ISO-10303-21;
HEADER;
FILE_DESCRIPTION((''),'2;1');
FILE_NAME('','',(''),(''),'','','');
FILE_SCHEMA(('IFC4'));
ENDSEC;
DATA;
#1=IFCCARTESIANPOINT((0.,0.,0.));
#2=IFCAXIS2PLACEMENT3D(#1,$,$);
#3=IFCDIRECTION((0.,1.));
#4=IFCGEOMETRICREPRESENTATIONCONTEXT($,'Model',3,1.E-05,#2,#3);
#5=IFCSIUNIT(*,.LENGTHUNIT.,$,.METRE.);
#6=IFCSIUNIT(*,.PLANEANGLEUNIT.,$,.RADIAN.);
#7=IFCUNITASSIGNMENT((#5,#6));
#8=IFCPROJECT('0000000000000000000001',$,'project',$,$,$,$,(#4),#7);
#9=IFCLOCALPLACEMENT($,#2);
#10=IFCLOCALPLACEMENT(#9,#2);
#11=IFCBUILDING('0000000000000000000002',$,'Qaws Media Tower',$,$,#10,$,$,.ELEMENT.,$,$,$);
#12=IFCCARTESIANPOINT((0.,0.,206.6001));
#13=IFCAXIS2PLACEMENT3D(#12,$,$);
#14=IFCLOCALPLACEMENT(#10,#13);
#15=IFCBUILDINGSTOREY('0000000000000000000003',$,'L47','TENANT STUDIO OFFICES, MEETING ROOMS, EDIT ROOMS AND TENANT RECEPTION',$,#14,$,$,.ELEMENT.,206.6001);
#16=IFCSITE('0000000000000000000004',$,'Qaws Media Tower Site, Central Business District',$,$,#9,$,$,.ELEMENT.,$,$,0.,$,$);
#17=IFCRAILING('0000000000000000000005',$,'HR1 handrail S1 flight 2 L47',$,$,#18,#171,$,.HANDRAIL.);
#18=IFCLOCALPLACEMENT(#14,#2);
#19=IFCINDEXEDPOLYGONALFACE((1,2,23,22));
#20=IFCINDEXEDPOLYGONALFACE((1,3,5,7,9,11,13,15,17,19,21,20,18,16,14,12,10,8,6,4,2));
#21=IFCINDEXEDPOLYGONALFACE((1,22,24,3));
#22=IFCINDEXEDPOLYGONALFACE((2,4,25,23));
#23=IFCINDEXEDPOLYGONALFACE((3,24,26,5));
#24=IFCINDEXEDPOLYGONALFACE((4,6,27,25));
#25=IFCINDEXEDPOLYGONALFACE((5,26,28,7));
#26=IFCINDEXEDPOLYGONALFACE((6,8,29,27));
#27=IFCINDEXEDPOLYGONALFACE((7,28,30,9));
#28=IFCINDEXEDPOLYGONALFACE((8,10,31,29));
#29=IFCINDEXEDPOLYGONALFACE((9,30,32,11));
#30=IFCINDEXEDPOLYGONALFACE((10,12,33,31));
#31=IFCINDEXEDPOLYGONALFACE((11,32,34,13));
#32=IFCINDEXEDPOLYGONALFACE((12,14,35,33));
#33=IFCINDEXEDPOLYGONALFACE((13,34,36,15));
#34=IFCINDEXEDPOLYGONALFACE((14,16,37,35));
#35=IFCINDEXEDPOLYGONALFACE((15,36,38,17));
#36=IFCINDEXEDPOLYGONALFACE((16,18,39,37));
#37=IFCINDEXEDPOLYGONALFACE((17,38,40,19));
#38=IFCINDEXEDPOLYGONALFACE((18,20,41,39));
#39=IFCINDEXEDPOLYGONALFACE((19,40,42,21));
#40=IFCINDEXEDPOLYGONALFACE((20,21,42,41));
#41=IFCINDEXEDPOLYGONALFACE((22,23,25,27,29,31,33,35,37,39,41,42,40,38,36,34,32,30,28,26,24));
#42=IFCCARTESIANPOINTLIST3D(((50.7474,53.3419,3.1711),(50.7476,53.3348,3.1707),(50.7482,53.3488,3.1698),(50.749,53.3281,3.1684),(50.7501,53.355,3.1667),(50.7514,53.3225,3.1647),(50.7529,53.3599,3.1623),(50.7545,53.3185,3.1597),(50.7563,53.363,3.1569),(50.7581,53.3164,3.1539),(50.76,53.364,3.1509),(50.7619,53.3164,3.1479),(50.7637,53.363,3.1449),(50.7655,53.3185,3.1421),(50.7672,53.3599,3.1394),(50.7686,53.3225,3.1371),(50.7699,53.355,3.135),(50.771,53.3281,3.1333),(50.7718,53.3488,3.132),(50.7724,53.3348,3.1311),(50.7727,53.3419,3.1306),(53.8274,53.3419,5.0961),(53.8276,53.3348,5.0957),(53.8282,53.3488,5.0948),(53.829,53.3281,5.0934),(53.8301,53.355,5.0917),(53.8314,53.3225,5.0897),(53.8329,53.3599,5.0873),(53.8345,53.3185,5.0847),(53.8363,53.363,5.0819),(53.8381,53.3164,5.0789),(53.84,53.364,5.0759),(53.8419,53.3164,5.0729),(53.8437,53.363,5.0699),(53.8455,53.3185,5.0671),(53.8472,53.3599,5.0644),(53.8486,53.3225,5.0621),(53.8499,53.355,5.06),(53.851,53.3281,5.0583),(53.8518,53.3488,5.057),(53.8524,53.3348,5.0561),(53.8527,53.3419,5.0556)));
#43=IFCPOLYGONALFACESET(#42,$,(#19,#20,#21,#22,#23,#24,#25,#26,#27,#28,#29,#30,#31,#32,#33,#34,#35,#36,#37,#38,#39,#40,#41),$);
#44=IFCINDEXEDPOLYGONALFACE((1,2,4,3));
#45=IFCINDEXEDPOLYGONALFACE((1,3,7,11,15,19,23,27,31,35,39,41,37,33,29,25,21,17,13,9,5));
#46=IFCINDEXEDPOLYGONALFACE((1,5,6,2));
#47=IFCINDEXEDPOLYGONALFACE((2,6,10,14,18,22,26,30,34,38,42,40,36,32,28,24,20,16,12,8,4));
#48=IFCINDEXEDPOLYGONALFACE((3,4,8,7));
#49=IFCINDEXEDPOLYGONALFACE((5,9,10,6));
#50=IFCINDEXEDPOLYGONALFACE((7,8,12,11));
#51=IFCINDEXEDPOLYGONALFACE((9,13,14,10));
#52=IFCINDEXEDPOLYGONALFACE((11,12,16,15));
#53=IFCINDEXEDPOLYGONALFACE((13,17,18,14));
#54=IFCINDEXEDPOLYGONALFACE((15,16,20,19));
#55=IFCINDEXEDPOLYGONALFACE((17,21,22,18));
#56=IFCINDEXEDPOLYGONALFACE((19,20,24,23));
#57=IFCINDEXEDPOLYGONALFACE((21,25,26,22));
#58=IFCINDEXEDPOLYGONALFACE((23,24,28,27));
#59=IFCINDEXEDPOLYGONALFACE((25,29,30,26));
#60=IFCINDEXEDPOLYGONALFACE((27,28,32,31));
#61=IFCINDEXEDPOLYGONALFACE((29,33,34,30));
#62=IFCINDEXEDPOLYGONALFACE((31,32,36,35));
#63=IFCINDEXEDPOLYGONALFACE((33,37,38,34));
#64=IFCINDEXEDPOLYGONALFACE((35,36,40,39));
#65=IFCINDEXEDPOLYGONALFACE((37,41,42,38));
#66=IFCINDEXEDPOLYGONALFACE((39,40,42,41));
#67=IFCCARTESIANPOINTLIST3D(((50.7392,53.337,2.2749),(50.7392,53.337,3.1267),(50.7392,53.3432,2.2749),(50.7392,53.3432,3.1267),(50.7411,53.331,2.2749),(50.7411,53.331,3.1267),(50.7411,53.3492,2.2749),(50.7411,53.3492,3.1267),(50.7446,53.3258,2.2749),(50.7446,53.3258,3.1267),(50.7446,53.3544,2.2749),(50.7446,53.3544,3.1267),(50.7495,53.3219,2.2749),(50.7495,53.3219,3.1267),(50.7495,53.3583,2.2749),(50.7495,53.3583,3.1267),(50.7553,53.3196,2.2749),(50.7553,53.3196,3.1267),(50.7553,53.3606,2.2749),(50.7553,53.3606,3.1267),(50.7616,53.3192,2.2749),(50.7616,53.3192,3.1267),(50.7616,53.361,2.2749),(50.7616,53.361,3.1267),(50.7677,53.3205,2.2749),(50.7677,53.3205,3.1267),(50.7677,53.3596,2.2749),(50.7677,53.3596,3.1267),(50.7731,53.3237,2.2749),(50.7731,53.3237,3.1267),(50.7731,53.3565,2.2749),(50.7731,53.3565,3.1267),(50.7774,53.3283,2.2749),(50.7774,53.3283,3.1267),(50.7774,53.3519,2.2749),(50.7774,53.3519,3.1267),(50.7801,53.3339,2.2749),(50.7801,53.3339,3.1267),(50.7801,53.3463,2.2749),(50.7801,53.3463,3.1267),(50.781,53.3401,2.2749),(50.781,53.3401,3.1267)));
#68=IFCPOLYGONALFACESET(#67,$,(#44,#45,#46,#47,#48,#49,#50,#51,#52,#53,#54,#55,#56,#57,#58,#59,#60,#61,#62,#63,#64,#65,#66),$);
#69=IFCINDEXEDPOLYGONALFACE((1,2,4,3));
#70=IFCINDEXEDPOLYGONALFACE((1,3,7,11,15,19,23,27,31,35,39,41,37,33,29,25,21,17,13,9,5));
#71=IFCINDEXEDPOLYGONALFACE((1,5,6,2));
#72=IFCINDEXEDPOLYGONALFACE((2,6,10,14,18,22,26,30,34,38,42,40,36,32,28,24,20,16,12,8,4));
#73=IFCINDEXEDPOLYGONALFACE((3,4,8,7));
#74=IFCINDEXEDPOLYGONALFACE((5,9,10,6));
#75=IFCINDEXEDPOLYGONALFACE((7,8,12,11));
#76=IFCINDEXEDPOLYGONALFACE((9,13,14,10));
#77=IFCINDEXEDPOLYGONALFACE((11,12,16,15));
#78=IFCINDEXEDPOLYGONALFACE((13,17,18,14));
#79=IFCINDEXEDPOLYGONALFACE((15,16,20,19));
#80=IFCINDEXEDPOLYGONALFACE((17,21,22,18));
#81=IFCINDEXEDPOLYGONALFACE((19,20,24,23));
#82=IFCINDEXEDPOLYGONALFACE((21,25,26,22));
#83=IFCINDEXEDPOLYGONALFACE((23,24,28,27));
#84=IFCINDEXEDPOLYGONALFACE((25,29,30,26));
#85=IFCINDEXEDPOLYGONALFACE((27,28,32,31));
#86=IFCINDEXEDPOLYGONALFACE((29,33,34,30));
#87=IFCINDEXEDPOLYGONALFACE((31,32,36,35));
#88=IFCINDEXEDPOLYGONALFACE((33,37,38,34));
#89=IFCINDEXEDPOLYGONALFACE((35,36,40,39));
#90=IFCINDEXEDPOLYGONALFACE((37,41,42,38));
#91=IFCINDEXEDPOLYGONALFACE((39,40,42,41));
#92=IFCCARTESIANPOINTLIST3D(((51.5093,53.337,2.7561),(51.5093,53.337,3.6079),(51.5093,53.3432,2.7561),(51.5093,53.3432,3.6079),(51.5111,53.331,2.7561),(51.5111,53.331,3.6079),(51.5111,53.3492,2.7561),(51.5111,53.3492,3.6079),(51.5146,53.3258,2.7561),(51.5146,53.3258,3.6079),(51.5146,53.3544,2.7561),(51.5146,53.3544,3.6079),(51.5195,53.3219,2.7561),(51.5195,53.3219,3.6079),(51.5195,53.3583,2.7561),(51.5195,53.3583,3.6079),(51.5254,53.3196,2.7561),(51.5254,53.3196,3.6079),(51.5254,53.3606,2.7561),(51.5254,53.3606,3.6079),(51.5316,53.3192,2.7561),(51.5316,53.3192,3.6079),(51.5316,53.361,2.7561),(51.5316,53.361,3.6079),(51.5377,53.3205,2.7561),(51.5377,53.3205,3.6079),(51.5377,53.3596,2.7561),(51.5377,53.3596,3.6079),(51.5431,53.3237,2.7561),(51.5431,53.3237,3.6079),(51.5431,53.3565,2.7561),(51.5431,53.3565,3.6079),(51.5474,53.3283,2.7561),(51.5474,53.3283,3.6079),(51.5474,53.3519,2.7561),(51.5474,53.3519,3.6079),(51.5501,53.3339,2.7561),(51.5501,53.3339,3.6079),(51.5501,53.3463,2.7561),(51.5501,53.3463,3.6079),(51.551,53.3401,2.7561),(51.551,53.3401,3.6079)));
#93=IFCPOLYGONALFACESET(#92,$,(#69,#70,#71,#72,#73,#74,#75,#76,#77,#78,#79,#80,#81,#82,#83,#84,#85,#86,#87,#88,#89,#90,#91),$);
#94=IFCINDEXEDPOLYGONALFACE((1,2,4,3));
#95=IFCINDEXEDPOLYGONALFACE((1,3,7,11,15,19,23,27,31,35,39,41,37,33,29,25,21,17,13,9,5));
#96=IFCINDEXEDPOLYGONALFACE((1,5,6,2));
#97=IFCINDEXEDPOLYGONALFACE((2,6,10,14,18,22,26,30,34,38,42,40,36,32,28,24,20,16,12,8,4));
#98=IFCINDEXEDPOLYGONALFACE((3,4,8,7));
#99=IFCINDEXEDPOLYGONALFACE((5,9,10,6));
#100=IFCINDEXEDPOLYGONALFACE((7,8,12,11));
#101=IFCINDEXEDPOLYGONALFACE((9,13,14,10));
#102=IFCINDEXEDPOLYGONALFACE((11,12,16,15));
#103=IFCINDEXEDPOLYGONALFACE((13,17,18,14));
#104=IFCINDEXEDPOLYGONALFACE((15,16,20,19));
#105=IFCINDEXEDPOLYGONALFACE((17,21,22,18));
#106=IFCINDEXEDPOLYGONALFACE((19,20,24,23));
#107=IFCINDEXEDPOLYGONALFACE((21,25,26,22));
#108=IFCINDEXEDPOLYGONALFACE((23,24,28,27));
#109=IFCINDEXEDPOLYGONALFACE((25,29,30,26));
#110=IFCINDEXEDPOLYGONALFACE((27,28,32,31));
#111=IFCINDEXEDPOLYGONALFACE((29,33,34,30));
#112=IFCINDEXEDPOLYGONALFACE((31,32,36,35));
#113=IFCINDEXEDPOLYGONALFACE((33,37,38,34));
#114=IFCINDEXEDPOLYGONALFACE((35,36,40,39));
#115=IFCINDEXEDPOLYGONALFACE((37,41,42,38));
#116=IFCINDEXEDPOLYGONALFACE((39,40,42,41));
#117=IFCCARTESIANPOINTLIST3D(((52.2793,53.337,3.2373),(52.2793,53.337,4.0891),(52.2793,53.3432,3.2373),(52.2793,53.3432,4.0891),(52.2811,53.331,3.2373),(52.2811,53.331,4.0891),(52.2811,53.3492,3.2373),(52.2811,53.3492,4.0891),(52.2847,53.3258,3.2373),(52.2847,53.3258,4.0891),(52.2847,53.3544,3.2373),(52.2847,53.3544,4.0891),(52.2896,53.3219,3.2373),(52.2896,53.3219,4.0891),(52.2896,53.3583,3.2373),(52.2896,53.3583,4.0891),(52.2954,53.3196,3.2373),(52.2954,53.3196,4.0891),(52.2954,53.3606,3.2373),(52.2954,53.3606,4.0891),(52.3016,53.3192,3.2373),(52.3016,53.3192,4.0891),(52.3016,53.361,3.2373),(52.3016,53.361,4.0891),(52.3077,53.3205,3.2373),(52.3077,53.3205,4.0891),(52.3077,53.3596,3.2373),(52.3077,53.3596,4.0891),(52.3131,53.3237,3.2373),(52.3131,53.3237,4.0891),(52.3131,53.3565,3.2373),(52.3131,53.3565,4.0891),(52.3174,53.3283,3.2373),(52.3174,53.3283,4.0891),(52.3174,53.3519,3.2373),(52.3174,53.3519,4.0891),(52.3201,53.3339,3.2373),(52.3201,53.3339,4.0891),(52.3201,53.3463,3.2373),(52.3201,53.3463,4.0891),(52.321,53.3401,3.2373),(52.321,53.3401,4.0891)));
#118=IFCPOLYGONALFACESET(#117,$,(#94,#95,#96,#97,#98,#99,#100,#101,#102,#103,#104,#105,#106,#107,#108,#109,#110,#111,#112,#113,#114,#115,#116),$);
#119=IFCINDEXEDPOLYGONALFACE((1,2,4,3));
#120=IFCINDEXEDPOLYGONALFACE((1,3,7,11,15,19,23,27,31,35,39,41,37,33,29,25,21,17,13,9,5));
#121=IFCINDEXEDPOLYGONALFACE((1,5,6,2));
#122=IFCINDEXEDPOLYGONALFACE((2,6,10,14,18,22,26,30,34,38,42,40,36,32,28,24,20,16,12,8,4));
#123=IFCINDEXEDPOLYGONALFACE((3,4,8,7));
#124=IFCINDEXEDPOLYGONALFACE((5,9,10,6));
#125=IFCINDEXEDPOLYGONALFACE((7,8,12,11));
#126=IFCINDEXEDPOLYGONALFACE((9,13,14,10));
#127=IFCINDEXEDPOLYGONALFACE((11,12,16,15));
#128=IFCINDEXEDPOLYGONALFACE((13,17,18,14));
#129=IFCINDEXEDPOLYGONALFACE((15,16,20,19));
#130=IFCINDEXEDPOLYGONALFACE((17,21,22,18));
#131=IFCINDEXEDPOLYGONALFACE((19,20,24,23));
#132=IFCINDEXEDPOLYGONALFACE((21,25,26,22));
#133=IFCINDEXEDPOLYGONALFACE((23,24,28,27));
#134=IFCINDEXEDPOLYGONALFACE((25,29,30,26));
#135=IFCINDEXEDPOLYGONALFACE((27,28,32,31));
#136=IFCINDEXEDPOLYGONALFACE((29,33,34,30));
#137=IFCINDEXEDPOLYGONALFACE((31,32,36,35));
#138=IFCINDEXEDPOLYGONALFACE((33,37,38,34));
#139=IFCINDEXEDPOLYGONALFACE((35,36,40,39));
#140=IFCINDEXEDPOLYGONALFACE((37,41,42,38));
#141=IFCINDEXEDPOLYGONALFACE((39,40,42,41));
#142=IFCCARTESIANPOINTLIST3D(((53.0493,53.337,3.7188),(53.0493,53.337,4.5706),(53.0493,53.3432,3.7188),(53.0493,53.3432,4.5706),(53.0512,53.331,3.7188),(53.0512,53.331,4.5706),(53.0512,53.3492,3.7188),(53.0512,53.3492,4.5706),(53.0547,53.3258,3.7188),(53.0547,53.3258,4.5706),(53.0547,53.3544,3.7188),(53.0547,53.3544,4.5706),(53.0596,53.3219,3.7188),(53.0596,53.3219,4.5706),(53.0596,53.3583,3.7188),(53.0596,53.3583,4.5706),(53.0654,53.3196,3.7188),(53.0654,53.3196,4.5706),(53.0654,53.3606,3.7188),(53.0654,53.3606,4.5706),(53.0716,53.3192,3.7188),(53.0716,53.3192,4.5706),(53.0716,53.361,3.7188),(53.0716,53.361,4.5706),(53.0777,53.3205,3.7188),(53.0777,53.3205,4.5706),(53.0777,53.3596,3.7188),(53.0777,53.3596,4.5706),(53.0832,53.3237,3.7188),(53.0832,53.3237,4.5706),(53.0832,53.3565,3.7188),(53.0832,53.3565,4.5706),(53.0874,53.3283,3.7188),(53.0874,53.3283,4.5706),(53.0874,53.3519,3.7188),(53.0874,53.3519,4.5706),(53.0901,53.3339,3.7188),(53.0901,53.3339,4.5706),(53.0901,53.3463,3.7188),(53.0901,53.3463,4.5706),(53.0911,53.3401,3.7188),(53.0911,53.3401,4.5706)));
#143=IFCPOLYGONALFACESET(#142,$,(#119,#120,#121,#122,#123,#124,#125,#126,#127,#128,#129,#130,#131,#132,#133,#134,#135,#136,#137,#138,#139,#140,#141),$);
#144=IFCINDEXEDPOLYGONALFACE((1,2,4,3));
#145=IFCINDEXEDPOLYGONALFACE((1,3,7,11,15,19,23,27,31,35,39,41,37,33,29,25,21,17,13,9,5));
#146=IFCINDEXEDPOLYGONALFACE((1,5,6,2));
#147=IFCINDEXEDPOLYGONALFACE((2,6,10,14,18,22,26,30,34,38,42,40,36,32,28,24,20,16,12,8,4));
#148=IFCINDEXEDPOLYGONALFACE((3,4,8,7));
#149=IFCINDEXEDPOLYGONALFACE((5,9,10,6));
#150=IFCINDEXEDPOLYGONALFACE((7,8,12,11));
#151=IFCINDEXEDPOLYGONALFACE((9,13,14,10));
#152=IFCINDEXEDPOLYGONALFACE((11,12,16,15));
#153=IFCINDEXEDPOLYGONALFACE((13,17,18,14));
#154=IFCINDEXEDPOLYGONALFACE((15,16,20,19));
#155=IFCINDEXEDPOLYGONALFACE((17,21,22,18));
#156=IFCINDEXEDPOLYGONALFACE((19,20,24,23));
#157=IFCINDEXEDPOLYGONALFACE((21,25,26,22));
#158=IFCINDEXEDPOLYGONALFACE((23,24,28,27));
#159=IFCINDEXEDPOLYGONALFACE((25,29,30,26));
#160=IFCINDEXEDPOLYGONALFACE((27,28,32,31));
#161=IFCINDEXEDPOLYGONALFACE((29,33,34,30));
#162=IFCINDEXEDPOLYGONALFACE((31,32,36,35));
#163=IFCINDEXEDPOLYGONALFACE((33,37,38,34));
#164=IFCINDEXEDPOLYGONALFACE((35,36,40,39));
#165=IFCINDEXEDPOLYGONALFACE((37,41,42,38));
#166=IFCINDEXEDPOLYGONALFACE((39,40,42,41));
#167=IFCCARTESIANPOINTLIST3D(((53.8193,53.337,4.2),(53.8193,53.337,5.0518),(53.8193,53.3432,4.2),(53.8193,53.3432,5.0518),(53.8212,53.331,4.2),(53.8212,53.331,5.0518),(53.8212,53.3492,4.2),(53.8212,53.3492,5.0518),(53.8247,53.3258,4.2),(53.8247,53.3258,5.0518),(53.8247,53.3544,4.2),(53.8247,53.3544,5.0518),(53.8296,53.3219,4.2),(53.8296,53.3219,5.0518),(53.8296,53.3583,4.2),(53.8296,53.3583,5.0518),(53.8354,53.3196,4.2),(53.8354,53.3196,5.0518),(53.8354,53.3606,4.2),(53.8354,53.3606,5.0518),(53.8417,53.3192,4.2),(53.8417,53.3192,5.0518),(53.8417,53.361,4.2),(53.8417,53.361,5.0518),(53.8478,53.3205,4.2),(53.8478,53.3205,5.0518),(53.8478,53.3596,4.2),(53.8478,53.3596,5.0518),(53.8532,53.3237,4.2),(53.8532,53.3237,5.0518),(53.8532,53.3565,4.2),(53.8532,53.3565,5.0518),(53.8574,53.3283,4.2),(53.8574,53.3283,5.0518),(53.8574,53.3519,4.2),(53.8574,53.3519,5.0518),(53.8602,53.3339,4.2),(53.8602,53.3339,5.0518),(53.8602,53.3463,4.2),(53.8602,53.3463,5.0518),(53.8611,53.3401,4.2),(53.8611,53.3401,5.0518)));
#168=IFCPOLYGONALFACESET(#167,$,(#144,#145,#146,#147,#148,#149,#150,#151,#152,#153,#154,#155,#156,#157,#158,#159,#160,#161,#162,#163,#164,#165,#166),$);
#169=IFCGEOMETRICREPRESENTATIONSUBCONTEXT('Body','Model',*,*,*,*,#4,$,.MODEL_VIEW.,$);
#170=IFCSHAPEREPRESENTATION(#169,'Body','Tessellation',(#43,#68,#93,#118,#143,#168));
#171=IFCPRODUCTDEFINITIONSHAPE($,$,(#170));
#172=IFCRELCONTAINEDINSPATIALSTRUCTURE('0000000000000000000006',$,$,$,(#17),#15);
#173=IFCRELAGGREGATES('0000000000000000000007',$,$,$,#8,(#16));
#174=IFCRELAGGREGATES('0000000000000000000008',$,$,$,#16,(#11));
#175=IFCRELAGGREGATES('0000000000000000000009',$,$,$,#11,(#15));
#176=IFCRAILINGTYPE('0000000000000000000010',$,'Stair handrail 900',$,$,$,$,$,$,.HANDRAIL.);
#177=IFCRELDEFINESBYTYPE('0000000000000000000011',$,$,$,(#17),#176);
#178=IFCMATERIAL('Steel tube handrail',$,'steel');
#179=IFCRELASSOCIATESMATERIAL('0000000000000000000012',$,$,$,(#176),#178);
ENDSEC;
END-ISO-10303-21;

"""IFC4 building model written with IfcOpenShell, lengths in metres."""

from ifc_helpers import new_model, si_unit, direction, frame, origin, origin_2d, place, context, subcontext, project, spatial, circle, extrude, material, type_object, element, save


model = new_model("IFC4")

# Units and contexts
model_context = context("Model", 3, precision=1e-05, world=origin(), true_north=direction((0.0, 1.0)))
body_context = subcontext(model_context, "Body", "Model", "MODEL_VIEW")
ifc_project = project(units=[si_unit("LENGTHUNIT", "METRE"), si_unit("PLANEANGLEUNIT", "RADIAN")], contexts=[model_context])

# Site, building, storey
site_placement = place(None, origin())
site = spatial("IfcSite", under=ifc_project, at=site_placement, Name="Qaws Media Tower Site, Central Business District", CompositionType="ELEMENT", RefElevation=0.0)
building_placement = place(site_placement, origin())
building = spatial("IfcBuilding", under=site, at=building_placement, Name="Qaws Media Tower", CompositionType="ELEMENT")
storey_placement = place(building_placement, frame((0.0, 0.0, 206.6001)))
storey = spatial("IfcBuildingStorey", under=building, at=storey_placement, Name="L47", Description="TENANT STUDIO OFFICES, MEETING ROOMS, EDIT ROOMS AND TENANT RECEPTION", CompositionType="ELEMENT", Elevation=206.6001)

# Railing
ifc_material_1 = material(Name="Steel tube handrail", Category="steel")
railing_type = type_object("IfcRailingType", Name="Stair handrail 900", PredefinedType="HANDRAIL", material=ifc_material_1)
for number, where, name in (
    (1, (50.76, 53.3401, 2.2749), "HR1 handrail S1 flight 2 L47"),
):
    element("IfcRailing", number, at=place(storey_placement, frame(where)), inside=storey, type_object=railing_type, Name=name, PredefinedType="HANDRAIL", context=body_context, shape_type="SweptSolid", body=[
        extrude(circle(Radius=0.0239, at=origin_2d()), frame((0.0, 0.0, 0.876), z_axis=(0.847998, 0.0, 0.529999), x_axis=(0.0, 1.0, 0.0)), (0.0, 0.0, 1.0), 3.6321),
        extrude(circle(Radius=0.021, at=origin_2d()), origin(), (0.0, 0.0, 1.0), 0.8518),
        extrude(circle(Radius=0.021, at=origin_2d()), frame((0.77, 0.0, 0.4812)), (0.0, 0.0, 1.0), 0.8518),
        extrude(circle(Radius=0.021, at=origin_2d()), frame((1.54, 0.0, 0.9624)), (0.0, 0.0, 1.0), 0.8518),
        extrude(circle(Radius=0.021, at=origin_2d()), frame((2.3101, 0.0, 1.4438)), (0.0, 0.0, 1.0), 0.8518),
        extrude(circle(Radius=0.021, at=origin_2d()), frame((3.0801, 0.0, 1.925)), (0.0, 0.0, 1.0), 0.8518),
    ])

save(model, "model.ifc")
